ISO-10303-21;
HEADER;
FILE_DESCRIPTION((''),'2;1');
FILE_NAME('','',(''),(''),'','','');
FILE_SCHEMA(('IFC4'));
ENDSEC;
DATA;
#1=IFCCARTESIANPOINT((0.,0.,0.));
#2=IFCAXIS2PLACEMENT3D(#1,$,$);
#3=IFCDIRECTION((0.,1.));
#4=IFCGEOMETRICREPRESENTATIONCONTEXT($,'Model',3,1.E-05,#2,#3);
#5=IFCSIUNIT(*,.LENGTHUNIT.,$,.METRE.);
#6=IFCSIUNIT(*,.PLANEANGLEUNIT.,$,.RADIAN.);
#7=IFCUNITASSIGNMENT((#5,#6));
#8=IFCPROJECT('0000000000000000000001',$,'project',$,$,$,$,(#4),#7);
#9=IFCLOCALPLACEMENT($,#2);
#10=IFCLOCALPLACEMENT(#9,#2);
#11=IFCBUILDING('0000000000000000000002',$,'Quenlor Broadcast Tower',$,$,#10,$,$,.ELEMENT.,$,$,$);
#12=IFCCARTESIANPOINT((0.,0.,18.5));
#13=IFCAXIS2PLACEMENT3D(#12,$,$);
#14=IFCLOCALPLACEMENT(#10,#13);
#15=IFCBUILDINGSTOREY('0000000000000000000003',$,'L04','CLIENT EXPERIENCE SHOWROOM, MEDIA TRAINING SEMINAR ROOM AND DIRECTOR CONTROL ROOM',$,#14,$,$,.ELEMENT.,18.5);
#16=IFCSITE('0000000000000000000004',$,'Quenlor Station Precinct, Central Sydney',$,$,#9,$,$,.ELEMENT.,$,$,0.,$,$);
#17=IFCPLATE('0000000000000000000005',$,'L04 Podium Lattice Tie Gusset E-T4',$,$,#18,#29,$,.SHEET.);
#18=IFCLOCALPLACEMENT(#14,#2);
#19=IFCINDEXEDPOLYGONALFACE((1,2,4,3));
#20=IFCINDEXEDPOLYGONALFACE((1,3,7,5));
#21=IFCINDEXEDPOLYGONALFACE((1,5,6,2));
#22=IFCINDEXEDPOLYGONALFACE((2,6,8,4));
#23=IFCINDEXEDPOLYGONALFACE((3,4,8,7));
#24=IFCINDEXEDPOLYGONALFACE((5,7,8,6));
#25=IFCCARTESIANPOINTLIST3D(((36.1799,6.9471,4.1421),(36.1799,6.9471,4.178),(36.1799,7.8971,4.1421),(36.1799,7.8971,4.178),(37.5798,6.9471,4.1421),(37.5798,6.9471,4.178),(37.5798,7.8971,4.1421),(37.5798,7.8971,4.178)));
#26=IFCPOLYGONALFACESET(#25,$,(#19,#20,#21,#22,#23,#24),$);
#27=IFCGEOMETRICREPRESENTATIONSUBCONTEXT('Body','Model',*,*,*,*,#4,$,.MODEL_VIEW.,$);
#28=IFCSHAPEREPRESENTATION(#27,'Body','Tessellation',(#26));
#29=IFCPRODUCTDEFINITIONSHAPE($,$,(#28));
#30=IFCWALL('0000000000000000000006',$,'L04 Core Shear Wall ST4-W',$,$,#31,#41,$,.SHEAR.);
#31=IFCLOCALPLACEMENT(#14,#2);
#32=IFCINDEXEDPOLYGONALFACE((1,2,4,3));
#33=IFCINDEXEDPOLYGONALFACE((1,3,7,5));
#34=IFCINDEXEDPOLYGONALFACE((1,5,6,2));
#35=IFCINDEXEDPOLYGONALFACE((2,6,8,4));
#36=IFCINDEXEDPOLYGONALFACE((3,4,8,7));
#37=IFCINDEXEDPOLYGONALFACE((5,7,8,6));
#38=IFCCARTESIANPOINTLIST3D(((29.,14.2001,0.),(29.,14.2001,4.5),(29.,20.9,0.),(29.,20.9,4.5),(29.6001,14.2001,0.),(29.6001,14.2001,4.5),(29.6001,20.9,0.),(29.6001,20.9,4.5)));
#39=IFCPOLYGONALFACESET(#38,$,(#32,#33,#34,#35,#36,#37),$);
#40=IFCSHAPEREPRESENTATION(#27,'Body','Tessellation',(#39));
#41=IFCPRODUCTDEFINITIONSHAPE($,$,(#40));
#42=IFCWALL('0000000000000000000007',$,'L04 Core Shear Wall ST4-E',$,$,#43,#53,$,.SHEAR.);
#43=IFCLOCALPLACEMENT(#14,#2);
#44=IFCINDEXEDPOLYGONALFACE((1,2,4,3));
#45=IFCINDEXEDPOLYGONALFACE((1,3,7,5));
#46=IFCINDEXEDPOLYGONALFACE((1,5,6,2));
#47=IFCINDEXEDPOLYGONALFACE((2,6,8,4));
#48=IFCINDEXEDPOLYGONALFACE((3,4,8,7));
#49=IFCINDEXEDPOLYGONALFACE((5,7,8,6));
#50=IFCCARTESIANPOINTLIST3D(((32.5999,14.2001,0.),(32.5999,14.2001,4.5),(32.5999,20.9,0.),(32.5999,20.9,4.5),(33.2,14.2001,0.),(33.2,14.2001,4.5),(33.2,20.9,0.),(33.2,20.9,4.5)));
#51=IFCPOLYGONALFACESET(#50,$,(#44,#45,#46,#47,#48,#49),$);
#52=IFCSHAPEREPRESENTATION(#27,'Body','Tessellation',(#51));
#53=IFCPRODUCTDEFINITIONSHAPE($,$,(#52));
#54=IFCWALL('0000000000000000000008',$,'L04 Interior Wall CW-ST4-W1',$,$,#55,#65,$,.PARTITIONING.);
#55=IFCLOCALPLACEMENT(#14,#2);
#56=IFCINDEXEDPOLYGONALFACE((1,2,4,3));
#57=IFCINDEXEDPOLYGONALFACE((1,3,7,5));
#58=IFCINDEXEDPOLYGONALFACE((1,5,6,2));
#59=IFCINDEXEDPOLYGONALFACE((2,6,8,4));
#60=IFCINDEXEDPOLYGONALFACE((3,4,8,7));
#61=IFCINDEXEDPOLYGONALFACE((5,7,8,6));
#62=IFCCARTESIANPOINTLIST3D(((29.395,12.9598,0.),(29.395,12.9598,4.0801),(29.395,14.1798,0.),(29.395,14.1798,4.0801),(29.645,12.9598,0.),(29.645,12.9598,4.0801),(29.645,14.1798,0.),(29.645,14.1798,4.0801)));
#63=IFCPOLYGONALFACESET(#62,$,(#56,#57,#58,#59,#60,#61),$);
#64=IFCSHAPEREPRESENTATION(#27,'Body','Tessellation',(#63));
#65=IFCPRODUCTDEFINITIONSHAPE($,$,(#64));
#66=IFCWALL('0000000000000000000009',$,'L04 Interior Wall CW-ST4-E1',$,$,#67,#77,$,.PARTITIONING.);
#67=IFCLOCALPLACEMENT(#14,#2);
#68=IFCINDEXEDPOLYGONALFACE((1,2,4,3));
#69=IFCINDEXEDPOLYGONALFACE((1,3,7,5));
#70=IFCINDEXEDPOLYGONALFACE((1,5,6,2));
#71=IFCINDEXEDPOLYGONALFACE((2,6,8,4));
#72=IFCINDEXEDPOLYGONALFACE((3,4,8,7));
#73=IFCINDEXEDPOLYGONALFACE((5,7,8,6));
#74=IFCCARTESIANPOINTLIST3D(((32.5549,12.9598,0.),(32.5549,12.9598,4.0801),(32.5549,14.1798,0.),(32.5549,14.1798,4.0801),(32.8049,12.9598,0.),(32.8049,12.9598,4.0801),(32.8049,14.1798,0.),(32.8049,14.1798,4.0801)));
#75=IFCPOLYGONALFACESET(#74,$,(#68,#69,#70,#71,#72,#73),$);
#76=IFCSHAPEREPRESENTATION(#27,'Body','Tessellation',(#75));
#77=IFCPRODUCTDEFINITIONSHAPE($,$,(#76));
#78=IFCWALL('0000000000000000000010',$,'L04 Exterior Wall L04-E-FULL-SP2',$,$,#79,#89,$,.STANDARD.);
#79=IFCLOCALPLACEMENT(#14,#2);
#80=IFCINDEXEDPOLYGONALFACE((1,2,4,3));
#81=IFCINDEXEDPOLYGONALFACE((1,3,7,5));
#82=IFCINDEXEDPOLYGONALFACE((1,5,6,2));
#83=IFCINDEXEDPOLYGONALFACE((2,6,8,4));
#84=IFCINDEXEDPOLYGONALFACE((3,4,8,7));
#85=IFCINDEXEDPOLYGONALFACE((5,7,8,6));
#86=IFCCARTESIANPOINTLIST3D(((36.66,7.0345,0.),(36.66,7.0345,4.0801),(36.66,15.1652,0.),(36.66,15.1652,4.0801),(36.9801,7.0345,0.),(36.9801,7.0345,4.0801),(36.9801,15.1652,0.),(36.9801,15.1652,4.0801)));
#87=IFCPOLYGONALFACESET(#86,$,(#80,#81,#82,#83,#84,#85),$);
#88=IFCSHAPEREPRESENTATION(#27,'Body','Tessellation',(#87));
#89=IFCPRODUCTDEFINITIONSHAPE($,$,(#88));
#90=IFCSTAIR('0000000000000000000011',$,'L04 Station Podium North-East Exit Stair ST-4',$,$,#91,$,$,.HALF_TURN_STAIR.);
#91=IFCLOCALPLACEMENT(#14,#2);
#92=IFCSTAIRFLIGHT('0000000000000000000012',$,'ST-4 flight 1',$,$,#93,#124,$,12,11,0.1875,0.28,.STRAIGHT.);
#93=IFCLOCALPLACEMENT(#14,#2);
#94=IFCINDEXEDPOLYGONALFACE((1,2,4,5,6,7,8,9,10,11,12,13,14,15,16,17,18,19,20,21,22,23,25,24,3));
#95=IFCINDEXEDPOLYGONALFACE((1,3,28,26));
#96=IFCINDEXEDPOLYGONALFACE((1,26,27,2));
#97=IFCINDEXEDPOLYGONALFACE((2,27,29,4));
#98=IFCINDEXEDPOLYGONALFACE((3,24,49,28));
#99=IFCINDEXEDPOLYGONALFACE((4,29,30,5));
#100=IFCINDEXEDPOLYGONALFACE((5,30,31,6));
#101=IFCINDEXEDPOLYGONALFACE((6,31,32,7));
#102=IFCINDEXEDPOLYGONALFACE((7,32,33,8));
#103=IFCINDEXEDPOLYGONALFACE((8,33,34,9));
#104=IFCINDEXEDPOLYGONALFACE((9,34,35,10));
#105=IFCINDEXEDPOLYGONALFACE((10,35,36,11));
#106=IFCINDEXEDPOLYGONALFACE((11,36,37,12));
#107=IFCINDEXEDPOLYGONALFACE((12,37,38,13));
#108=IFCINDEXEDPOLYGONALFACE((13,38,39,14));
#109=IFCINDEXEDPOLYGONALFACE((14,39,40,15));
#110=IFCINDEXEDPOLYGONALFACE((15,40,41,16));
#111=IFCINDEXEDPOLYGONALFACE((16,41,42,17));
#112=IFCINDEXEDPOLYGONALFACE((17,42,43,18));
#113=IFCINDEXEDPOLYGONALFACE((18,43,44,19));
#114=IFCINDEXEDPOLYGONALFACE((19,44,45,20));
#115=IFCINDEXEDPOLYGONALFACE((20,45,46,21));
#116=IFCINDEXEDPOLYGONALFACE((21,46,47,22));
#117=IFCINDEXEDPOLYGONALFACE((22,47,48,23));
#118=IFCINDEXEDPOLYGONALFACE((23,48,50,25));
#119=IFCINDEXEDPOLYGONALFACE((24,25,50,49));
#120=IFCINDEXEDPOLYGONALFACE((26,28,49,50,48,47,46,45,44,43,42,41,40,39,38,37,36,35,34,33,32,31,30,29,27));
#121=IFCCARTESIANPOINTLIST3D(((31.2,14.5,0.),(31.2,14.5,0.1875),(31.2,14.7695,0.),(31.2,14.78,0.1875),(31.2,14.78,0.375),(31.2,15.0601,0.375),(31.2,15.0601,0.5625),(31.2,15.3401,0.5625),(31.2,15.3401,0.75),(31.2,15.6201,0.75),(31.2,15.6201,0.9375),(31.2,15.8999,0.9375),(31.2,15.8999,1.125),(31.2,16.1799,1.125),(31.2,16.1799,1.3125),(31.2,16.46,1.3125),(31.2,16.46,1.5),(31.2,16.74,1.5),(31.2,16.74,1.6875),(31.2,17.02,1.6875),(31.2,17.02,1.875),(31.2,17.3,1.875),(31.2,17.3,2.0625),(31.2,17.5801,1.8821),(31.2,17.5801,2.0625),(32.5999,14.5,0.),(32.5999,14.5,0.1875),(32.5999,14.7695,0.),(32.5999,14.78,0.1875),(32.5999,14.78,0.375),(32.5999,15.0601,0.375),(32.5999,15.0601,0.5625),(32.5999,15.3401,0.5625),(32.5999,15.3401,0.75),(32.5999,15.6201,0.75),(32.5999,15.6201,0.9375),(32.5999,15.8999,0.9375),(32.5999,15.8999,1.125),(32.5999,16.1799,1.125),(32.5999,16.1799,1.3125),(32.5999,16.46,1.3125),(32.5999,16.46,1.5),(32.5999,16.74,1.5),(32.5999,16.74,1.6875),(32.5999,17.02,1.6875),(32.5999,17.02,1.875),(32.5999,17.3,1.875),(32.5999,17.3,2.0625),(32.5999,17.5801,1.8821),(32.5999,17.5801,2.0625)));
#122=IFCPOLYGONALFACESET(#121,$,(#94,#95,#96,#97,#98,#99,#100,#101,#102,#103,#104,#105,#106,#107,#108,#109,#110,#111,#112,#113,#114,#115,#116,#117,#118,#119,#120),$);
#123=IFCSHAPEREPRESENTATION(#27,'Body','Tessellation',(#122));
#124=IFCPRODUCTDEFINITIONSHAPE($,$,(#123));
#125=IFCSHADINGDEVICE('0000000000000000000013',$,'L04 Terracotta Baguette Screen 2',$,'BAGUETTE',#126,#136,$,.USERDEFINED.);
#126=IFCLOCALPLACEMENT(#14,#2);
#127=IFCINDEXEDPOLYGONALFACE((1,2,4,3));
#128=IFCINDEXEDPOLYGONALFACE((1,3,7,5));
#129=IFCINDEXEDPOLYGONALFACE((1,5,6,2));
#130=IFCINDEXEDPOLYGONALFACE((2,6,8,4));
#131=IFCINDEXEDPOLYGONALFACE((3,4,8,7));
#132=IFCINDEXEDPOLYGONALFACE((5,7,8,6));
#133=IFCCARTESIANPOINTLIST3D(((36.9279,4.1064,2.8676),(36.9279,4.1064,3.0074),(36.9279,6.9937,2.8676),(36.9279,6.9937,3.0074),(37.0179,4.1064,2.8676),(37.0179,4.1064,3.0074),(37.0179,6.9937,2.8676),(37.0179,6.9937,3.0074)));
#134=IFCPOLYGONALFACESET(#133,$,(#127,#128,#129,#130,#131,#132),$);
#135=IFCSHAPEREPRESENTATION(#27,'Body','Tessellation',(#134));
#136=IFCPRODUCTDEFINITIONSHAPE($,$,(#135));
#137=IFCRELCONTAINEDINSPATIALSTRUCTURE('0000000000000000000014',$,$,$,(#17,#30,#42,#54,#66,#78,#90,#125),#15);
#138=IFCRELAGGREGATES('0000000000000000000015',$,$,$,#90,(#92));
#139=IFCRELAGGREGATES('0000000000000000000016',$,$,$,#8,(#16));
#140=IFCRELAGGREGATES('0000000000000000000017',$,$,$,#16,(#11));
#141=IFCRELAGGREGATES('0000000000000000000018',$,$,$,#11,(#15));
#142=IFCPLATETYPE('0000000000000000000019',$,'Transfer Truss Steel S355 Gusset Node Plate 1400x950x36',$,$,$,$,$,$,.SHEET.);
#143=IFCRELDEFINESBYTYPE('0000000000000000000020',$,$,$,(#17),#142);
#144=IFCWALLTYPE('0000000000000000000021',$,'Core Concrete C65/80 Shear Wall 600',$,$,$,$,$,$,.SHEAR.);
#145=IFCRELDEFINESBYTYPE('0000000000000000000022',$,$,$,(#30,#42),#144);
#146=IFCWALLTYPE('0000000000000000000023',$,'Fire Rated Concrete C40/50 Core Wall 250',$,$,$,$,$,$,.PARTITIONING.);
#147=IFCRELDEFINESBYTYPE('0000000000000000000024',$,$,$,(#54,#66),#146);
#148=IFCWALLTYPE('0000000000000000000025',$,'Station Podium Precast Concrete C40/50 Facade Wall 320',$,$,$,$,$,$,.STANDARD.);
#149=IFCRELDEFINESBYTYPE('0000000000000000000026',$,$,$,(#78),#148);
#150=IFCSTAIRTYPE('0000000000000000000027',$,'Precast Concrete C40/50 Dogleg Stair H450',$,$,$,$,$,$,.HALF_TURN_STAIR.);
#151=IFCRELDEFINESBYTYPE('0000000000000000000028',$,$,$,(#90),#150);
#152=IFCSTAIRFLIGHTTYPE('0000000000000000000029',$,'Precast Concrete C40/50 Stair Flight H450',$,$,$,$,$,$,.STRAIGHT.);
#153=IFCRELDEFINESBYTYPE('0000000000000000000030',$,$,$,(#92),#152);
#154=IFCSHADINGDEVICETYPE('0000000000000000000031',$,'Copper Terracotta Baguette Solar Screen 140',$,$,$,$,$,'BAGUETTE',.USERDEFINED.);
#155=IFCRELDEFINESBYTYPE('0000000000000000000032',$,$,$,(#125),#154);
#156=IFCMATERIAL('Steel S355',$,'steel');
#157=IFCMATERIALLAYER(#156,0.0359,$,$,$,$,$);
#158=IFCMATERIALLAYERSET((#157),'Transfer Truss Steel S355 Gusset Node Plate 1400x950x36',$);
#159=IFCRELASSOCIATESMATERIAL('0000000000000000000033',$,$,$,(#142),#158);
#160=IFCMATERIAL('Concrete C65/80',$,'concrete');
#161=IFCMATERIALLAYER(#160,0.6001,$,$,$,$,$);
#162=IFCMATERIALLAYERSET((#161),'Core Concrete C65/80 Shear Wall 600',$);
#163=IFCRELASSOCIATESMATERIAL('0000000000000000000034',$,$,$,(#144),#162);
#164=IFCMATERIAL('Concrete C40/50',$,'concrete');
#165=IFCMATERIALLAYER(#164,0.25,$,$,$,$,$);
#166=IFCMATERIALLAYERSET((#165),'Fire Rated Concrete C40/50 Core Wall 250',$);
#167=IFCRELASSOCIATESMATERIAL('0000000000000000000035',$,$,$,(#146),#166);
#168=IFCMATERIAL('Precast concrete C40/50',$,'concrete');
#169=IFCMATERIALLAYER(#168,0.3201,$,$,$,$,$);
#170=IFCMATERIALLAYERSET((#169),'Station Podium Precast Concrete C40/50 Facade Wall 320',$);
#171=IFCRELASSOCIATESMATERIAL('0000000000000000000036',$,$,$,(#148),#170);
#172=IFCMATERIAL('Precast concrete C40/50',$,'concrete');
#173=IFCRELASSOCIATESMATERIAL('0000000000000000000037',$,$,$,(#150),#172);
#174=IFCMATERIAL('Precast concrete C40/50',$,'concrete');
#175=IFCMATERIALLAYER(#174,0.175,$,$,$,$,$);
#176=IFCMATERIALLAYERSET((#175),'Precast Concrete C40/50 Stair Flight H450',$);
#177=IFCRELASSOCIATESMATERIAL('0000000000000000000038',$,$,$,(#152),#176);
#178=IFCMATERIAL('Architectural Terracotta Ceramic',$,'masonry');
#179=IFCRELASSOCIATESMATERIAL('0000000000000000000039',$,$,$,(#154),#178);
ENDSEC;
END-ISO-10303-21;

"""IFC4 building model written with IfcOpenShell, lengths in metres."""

from ifc_helpers import new_model, si_unit, direction, frame, frame_2d, origin, origin_2d, place, context, subcontext, project, spatial, polyline, rectangle, outline, extrude, material, layer, layer_set, material_profile, profile_set, type_object, element, aggregate, save


model = new_model("IFC4")

# Units and contexts
model_context = context("Model", 3, precision=1e-05, world=origin(), true_north=direction((0.0, 1.0)))
body_context = subcontext(model_context, "Body", "Model", "MODEL_VIEW")
ifc_project = project(units=[si_unit("LENGTHUNIT", "METRE"), si_unit("PLANEANGLEUNIT", "RADIAN")], contexts=[model_context])

# Site, building, storey
site_placement = place(None, origin())
site = spatial("IfcSite", under=ifc_project, at=site_placement, Name="Quenlor Station Precinct, Central Sydney", CompositionType="ELEMENT", RefElevation=0.0)
building_placement = place(site_placement, origin())
building = spatial("IfcBuilding", under=site, at=building_placement, Name="Quenlor Broadcast Tower", CompositionType="ELEMENT")
storey_placement = place(building_placement, frame((0.0, 0.0, 18.5)))
storey = spatial("IfcBuildingStorey", under=building, at=storey_placement, Name="L04", Description="CLIENT EXPERIENCE SHOWROOM, MEDIA TRAINING SEMINAR ROOM AND DIRECTOR CONTROL ROOM", CompositionType="ELEMENT", Elevation=18.5)

# Plate
ifc_material_1 = material(Name="Steel S355", Category="steel")
ifc_layer_1 = layer(ifc_material_1, 0.0359)
ifc_layer_set_1 = layer_set([ifc_layer_1], Name="Transfer Truss Steel S355 Gusset Node Plate 1400x950x36")
plate_type = type_object("IfcPlateType", Name="Transfer Truss Steel S355 Gusset Node Plate 1400x950x36", PredefinedType="SHEET", material=ifc_layer_set_1)
for number, where, z_axis, x_axis, name in (
    (1, (36.8799, 7.4221, 4.1421), (0.0, 0.0, 1.0), (1.0, 0.0, 0.0), "L04 Podium Lattice Tie Gusset E-T4"),
):
    element("IfcPlate", number, at=place(storey_placement, frame(where, z_axis=z_axis, x_axis=x_axis)), inside=storey, type_object=plate_type, Name=name, PredefinedType="SHEET", context=body_context, shape_type="SweptSolid", body=[
        extrude(rectangle(XDim=1.3999, YDim=0.95, at=origin_2d()), origin(), (0.0, 0.0, 1.0), 0.0359),
    ])

# Walls
ifc_material_2 = material(Name="Concrete C65/80", Category="concrete")
ifc_layer_2 = layer(ifc_material_2, 0.6001)
ifc_layer_set_2 = layer_set([ifc_layer_2], Name="Core Concrete C65/80 Shear Wall 600")
wall_type_1 = type_object("IfcWallType", Name="Core Concrete C65/80 Shear Wall 600", PredefinedType="SHEAR", material=ifc_layer_set_2)
for number, where, z_axis, x_axis, name in (
    (2, (29.3, 14.2, 0.0), (0.0, 0.0, 1.0), (0.0, 1.0, 0.0), "L04 Core Shear Wall ST4-W"),
    (3, (32.8999, 14.2, 0.0), (0.0, 0.0, 1.0), (0.0, 1.0, 0.0), "L04 Core Shear Wall ST4-E"),
):
    element("IfcWall", number, at=place(storey_placement, frame(where, z_axis=z_axis, x_axis=x_axis)), inside=storey, type_object=wall_type_1, Name=name, PredefinedType="SHEAR", context=body_context, shape_type="SweptSolid", body=[
        extrude(rectangle(XDim=6.7, YDim=0.6001, at=frame_2d((3.3501, 0.0))), origin(), (0.0, 0.0, 1.0), 4.5),
    ])

# Shared definitions
ifc_material_3 = material(Name="Concrete C40/50", Category="concrete")
ifc_layer_3 = layer(ifc_material_3, 0.25)
ifc_layer_set_3 = layer_set([ifc_layer_3], Name="Fire Rated Concrete C40/50 Core Wall 250")
wall_type_2 = type_object("IfcWallType", Name="Fire Rated Concrete C40/50 Core Wall 250", PredefinedType="PARTITIONING", material=ifc_layer_set_3)

# Walls
for number, where, z_axis, x_axis, name in (
    (4, (29.52, 12.96, 0.0), (0.0, 0.0, 1.0), (0.0, 1.0, 0.0), "L04 Interior Wall CW-ST4-W1"),
    (5, (32.6799, 12.96, 0.0), (0.0, 0.0, 1.0), (0.0, 1.0, 0.0), "L04 Interior Wall CW-ST4-E1"),
):
    element("IfcWall", number, at=place(storey_placement, frame(where, z_axis=z_axis, x_axis=x_axis)), inside=storey, type_object=wall_type_2, Name=name, PredefinedType="PARTITIONING", context=body_context, shape_type="SweptSolid", body=[
        extrude(rectangle(XDim=1.22, YDim=0.25, at=frame_2d((0.6099, 0.0))), origin(), (0.0, 0.0, 1.0), 4.0801),
    ])
ifc_material_4 = material(Name="Precast concrete C40/50", Category="concrete")
ifc_layer_4 = layer(ifc_material_4, 0.3201)
ifc_layer_set_4 = layer_set([ifc_layer_4], Name="Station Podium Precast Concrete C40/50 Facade Wall 320")
wall_type_3 = type_object("IfcWallType", Name="Station Podium Precast Concrete C40/50 Facade Wall 320", PredefinedType="STANDARD", material=ifc_layer_set_4)
wall_1_placement = place(storey_placement, frame((36.8201, 15.1653, 0.0), z_axis=(0.0, 0.0, 1.0), x_axis=(0.0, -1.0, 0.0)))
element("IfcWall", 6, at=wall_1_placement, inside=storey, type_object=wall_type_3, Name="L04 Exterior Wall L04-E-FULL-SP2", PredefinedType="STANDARD", context=body_context, shape_type="SweptSolid", body=[
    extrude(rectangle(XDim=8.1306, YDim=0.3201, at=frame_2d((4.0654, 0.0))), origin(), (0.0, 0.0, 1.0), 4.0801),
])

# Stair, stair flight
ifc_material_5 = material(Name="Precast concrete C40/50", Category="concrete")
stair_type = type_object("IfcStairType", Name="Precast Concrete C40/50 Dogleg Stair H450", PredefinedType="HALF_TURN_STAIR", material=ifc_material_5)
stair_placement = place(storey_placement, origin())
stair = element("IfcStair", 7, at=stair_placement, inside=storey, type_object=stair_type, Name="L04 Station Podium North-East Exit Stair ST-4", PredefinedType="HALF_TURN_STAIR")
ifc_material_6 = material(Name="Precast concrete C40/50", Category="concrete")
ifc_layer_5 = layer(ifc_material_6, 0.175)
ifc_layer_set_5 = layer_set([ifc_layer_5], Name="Precast Concrete C40/50 Stair Flight H450")
stair_flight_type = type_object("IfcStairFlightType", Name="Precast Concrete C40/50 Stair Flight H450", PredefinedType="STRAIGHT", material=ifc_layer_set_5)
stair_flight_placement = place(storey_placement, frame((31.8999, 14.5, 0.0), z_axis=(0.0, 0.0, 1.0), x_axis=(0.0, 1.0, 0.0)))
stair_flight = element("IfcStairFlight", 8, at=stair_flight_placement, type_object=stair_flight_type, Name="ST-4 flight 1", NumberOfRisers=12, NumberOfTreads=11, PredefinedType="STRAIGHT", RiserHeight=0.1875, TreadLength=0.28, context=body_context, shape_type="SweptSolid", body=[
    extrude(outline(polyline([(0.0, 0.0), (0.0, 0.1875), (0.28, 0.1875), (0.28, 0.375), (0.5601, 0.375), (0.5601, 0.5625), (0.8401, 0.5625), (0.8401, 0.75), (1.1201, 0.75), (1.1201, 0.9375), (1.3999, 0.9375), (1.3999, 1.125), (1.6799, 1.125), (1.6799, 1.3125), (1.96, 1.3125), (1.96, 1.5), (2.24, 1.5), (2.24, 1.6875), (2.52, 1.6875), (2.52, 1.875), (2.8, 1.875), (2.8, 2.0625), (3.0801, 2.0625), (3.0801, 2.25), (3.0801, 1.8821), (0.2695, 0.0), (0.0, 0.0)])), frame((0.0, 0.7, 0.0), z_axis=(0.0, -1.0, 0.0), x_axis=(1.0, 0.0, 0.0)), (0.0, 0.0, 1.0), 1.3999),
])
aggregate(stair, [stair_flight])

# Shading device
ifc_material_7 = material(Name="Architectural Terracotta Ceramic", Category="masonry")
ifc_material_profile_1 = material_profile(ifc_material_7, rectangle(XDim=0.0901, YDim=0.1399, at=origin_2d()))
ifc_profile_set_1 = profile_set([ifc_material_profile_1], Name="Architectural Terracotta Ceramic BAG90x140")
shading_device_type = type_object("IfcShadingDeviceType", Name="Copper Terracotta Baguette Solar Screen 140", ElementType="BAGUETTE", PredefinedType="USERDEFINED", material=ifc_profile_set_1)
shading_device_placement = place(storey_placement, frame((36.9729, 6.9937, 2.9375), z_axis=(0.0, -1.0, 0.0), x_axis=(1.0, 0.0, 0.0)))
element("IfcShadingDevice", 9, at=shading_device_placement, inside=storey, type_object=shading_device_type, Name="L04 Terracotta Baguette Screen 2", ObjectType="BAGUETTE", PredefinedType="USERDEFINED", context=body_context, shape_type="SweptSolid", body=[
    extrude(rectangle(XDim=0.0901, YDim=0.1399, at=origin_2d()), origin(), (0.0, 0.0, 1.0), 2.8872),
])

save(model, "model.ifc")
